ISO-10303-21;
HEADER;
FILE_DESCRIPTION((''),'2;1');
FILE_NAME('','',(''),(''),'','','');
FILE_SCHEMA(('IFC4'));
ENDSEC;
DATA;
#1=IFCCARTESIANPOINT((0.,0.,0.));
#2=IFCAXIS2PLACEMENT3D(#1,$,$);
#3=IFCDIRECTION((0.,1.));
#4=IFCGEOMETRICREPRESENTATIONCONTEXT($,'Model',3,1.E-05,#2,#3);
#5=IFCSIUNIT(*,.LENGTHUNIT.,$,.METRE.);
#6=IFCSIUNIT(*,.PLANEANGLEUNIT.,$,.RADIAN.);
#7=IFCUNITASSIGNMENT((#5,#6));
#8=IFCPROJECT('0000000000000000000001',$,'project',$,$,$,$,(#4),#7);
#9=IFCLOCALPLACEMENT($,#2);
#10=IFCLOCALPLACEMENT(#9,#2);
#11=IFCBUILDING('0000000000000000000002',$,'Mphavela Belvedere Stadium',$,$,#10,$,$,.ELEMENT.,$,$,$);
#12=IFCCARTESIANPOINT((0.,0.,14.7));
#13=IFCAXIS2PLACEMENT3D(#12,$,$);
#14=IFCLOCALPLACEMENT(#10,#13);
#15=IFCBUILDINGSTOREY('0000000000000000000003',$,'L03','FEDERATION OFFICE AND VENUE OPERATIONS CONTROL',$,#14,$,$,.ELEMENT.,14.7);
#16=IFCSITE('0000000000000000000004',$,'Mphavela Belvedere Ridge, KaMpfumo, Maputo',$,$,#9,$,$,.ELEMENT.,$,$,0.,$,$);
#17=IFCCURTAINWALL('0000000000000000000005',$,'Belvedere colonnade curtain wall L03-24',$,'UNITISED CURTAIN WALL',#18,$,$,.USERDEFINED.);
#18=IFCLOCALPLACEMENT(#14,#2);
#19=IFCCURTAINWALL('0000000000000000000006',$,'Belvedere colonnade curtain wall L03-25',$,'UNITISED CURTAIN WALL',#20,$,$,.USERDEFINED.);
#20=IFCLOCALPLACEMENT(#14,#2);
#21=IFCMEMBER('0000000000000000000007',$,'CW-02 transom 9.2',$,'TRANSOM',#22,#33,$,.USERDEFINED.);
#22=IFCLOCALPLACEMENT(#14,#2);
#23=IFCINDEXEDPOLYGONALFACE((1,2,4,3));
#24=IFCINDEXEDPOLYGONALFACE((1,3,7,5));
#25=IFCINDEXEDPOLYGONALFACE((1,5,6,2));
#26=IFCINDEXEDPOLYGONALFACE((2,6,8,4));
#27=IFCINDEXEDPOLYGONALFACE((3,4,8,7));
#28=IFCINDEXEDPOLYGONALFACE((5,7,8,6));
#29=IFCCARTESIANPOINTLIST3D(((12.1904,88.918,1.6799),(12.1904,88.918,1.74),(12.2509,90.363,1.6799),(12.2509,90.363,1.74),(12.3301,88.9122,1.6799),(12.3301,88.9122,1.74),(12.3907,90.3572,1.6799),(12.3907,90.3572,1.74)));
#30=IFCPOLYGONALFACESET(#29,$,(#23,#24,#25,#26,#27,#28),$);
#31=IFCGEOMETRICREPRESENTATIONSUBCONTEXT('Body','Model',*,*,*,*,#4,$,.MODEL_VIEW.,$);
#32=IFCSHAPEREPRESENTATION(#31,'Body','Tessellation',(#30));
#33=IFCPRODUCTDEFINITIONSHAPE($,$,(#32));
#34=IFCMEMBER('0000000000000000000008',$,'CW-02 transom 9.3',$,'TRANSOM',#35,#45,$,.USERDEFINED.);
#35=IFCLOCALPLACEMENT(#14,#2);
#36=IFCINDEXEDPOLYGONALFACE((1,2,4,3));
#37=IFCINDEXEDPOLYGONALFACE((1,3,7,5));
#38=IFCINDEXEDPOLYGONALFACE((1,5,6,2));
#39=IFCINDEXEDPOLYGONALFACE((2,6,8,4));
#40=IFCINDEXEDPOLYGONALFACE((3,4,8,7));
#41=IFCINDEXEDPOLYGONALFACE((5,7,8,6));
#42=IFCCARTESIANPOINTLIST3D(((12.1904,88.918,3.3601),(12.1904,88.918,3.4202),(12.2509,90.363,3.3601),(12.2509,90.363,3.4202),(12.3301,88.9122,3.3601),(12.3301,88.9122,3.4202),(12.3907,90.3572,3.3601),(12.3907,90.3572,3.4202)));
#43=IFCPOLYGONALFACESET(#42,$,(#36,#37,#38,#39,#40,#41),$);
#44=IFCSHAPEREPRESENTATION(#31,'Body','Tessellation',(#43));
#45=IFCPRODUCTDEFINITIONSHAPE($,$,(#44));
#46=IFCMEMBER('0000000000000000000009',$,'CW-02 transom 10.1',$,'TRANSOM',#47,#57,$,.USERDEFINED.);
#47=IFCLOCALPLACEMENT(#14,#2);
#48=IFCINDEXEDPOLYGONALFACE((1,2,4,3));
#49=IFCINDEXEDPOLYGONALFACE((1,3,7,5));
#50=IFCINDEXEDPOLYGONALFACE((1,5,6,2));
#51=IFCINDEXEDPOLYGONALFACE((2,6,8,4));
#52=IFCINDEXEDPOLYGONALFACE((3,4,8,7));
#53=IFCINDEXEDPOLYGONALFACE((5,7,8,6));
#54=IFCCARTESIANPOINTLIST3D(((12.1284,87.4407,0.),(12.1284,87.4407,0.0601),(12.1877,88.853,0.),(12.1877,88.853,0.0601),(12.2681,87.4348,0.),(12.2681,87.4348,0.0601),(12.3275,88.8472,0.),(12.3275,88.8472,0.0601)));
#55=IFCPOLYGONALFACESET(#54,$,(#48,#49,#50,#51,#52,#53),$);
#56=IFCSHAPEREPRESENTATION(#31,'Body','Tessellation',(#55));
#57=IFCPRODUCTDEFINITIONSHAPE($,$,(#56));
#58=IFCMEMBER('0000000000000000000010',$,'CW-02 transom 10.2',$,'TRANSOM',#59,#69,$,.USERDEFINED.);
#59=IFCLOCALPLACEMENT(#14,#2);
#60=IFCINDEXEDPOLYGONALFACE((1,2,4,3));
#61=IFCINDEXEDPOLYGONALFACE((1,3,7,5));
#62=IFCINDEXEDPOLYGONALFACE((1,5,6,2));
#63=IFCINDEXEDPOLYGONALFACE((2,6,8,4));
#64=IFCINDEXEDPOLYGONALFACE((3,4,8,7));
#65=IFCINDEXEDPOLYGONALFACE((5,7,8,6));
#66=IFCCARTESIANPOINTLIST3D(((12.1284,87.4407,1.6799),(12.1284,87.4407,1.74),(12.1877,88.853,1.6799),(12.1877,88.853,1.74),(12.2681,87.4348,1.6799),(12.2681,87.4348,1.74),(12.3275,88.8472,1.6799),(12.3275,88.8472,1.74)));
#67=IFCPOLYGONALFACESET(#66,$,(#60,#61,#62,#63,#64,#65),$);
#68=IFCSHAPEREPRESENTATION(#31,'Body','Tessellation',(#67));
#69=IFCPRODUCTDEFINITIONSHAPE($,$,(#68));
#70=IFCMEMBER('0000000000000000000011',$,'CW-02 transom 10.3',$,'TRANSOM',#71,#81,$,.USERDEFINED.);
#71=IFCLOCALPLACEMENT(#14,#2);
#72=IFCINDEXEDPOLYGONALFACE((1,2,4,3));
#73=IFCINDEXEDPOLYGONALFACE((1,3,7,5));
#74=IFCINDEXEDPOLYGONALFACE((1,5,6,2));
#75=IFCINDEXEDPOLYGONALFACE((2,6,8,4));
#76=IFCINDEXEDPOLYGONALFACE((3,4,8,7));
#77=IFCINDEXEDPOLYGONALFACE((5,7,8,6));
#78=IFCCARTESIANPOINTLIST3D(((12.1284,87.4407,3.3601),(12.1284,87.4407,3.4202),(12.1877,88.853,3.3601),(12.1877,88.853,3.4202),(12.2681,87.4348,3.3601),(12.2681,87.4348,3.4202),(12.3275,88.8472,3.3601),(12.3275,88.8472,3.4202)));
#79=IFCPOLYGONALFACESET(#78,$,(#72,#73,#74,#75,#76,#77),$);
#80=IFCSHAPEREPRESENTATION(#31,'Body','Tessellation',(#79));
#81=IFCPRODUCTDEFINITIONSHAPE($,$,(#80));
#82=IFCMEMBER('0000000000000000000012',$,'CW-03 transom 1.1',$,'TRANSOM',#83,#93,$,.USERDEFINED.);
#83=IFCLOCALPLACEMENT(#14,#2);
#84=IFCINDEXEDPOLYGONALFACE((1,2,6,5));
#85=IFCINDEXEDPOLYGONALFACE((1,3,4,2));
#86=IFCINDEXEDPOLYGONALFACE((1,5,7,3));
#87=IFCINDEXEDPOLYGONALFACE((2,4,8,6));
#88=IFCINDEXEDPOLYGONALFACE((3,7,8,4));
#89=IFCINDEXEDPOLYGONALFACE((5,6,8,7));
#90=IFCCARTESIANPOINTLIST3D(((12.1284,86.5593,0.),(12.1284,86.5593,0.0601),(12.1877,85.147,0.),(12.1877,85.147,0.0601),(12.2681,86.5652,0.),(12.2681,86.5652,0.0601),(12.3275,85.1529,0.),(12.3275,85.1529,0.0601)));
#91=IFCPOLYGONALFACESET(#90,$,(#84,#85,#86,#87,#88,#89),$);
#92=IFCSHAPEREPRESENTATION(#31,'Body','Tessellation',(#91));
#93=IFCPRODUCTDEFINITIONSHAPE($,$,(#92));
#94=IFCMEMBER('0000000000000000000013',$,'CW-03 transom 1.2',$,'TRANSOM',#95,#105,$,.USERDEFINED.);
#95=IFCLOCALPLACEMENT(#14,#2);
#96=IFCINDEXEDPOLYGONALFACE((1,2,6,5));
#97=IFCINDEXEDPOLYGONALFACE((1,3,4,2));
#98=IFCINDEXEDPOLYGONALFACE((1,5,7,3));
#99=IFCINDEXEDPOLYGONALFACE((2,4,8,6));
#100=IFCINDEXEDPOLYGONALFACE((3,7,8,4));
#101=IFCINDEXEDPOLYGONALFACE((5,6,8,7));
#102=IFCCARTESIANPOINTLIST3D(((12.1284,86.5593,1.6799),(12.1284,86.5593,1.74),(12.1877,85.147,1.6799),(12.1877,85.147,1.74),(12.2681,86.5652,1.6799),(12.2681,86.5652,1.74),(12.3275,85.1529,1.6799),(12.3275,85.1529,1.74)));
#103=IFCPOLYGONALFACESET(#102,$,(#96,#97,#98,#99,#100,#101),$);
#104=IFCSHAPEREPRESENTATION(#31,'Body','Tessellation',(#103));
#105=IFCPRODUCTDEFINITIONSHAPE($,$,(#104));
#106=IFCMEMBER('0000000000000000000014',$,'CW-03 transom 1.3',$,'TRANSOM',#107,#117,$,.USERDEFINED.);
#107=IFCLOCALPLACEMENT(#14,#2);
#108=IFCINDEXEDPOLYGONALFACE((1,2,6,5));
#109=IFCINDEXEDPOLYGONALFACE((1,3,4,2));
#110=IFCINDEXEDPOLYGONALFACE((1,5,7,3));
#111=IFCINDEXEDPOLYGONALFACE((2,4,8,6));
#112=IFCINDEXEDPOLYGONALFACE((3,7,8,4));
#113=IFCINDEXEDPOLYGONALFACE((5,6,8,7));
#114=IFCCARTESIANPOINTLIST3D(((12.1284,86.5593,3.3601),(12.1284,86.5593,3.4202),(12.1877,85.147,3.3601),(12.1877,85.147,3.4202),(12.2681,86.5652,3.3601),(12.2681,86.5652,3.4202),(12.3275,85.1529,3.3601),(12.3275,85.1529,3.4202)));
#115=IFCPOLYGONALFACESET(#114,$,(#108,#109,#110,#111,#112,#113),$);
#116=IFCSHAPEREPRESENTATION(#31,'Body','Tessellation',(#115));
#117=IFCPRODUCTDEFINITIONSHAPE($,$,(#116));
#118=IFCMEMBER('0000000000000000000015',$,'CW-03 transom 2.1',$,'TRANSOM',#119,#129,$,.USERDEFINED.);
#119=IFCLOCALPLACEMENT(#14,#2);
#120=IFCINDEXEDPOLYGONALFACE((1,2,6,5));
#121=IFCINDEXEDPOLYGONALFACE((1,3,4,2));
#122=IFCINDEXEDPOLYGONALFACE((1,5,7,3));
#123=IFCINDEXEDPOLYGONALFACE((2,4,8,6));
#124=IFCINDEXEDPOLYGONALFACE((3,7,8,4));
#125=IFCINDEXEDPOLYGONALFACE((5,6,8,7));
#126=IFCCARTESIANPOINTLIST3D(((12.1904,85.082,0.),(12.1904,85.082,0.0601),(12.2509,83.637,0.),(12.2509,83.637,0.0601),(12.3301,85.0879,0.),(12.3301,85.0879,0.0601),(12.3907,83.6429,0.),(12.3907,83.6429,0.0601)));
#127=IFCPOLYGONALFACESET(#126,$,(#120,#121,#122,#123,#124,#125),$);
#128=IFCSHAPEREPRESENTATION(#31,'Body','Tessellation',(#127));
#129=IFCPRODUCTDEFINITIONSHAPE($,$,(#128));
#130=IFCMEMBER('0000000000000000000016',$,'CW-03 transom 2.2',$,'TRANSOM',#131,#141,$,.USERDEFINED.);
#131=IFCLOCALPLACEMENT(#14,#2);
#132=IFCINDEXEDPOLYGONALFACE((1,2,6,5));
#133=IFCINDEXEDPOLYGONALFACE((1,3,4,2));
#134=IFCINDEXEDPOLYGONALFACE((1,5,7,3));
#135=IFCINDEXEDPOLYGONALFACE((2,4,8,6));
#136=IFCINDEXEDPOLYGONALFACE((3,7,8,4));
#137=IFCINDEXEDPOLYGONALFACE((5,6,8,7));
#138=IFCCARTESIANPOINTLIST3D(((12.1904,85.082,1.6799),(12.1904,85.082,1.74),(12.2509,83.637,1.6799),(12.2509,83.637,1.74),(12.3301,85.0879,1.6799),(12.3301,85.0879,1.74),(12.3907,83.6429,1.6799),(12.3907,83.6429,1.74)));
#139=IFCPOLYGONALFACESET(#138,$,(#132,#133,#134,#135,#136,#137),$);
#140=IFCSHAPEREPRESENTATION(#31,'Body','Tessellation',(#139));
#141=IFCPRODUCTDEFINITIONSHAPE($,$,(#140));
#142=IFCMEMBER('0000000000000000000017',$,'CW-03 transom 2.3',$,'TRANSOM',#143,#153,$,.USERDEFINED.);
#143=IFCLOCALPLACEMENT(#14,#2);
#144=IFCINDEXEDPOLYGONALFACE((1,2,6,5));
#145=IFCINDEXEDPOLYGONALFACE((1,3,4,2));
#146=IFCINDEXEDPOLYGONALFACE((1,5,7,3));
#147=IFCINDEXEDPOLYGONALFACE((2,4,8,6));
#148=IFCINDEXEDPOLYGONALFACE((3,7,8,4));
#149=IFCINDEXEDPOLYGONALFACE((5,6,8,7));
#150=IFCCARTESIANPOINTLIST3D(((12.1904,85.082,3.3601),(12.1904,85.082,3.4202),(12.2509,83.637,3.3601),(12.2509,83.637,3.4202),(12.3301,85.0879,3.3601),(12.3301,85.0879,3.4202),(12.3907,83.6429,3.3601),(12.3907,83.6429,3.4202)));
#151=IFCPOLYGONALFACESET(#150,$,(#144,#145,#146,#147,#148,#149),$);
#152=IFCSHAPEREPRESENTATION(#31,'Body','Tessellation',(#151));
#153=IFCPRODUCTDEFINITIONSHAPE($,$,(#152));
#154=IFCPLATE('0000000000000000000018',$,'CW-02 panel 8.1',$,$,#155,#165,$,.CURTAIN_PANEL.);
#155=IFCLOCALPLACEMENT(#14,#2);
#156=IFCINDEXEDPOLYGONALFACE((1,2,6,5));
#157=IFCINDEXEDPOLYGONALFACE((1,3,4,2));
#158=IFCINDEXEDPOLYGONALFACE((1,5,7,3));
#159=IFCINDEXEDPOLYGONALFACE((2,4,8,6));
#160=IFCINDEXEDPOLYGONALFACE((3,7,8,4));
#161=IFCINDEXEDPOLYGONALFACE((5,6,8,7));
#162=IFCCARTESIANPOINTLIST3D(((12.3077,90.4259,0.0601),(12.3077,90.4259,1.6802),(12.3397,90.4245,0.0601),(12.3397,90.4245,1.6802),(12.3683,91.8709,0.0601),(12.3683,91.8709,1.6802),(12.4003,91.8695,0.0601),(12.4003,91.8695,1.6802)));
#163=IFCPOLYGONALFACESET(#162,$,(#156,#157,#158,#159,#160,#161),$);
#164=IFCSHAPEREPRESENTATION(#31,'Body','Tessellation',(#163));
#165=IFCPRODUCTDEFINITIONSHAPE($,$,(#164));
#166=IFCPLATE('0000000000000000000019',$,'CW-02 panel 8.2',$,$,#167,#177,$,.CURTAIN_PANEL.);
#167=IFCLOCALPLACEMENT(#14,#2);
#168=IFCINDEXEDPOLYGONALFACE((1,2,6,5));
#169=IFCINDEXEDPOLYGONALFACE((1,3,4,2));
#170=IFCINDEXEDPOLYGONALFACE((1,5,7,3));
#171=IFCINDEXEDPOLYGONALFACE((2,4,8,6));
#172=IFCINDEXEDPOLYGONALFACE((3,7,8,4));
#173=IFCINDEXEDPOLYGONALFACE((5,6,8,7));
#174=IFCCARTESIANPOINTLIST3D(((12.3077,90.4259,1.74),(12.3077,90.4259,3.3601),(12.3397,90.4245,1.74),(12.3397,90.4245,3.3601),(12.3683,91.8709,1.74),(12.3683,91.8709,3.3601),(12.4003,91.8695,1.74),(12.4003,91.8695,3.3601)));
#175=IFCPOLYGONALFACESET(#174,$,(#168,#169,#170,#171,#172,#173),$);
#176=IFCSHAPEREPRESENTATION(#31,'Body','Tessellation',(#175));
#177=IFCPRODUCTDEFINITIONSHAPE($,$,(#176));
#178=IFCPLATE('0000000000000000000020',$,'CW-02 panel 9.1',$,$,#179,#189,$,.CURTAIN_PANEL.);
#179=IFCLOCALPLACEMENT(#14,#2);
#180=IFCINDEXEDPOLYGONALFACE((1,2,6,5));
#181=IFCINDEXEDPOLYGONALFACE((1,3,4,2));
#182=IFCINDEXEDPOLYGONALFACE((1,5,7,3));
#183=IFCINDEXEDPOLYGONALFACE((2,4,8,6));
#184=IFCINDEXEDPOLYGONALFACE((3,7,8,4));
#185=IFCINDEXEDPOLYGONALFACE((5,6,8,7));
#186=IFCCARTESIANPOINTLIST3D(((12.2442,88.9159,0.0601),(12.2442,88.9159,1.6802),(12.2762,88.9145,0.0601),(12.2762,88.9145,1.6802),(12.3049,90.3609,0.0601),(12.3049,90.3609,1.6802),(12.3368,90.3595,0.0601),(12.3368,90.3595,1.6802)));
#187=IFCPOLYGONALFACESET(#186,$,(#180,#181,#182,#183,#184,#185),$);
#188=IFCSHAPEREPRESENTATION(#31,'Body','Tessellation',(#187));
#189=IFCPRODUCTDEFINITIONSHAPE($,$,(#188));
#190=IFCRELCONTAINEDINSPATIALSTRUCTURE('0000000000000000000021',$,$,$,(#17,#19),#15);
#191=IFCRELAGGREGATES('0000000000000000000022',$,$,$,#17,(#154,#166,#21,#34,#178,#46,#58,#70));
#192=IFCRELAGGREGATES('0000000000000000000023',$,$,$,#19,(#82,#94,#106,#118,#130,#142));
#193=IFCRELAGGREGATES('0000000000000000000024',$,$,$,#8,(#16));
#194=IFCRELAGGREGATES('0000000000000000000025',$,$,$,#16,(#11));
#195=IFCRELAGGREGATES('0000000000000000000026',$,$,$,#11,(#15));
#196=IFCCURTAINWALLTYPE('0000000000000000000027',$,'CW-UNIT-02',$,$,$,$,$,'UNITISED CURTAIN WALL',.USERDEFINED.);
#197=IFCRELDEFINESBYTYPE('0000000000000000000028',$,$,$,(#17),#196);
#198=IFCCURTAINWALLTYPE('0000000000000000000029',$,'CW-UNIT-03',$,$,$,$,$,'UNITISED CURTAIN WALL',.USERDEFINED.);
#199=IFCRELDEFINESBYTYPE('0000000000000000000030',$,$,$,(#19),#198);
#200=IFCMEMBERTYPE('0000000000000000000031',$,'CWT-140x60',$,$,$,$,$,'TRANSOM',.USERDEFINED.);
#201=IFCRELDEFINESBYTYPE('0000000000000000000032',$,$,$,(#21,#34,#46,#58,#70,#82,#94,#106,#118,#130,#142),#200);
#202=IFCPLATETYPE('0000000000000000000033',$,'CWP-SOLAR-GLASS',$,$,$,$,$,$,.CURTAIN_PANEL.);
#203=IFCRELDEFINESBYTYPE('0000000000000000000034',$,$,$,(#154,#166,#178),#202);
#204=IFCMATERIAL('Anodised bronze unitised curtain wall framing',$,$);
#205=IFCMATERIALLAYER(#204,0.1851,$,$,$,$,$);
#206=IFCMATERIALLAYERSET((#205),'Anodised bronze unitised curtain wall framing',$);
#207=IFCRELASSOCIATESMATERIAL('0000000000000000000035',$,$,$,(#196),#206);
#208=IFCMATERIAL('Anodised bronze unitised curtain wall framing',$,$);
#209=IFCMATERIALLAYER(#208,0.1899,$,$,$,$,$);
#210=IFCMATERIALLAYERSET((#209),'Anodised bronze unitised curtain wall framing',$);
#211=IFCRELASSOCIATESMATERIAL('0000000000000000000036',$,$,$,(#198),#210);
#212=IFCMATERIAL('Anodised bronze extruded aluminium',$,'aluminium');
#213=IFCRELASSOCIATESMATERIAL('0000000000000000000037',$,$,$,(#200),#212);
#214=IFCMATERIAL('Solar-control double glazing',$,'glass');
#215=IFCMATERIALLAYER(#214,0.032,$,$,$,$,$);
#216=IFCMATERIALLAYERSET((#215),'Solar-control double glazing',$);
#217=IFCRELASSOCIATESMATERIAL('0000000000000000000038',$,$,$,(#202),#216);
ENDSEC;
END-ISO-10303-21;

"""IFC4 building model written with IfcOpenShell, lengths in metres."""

from ifc_helpers import new_model, si_unit, direction, frame, origin, origin_2d, place, context, subcontext, project, spatial, rectangle, extrude, material, layer, layer_set, material_profile, profile_set, type_object, element, aggregate, save


model = new_model("IFC4")

# Units and contexts
model_context = context("Model", 3, precision=1e-05, world=origin(), true_north=direction((0.0, 1.0)))
body_context = subcontext(model_context, "Body", "Model", "MODEL_VIEW")
ifc_project = project(units=[si_unit("LENGTHUNIT", "METRE"), si_unit("PLANEANGLEUNIT", "RADIAN")], contexts=[model_context])

# Site, building, storey
site_placement = place(None, origin())
site = spatial("IfcSite", under=ifc_project, at=site_placement, Name="Mphavela Belvedere Ridge, KaMpfumo, Maputo", CompositionType="ELEMENT", RefElevation=0.0)
building_placement = place(site_placement, origin())
building = spatial("IfcBuilding", under=site, at=building_placement, Name="Mphavela Belvedere Stadium", CompositionType="ELEMENT")
storey_placement = place(building_placement, frame((0.0, 0.0, 14.7)))
storey = spatial("IfcBuildingStorey", under=building, at=storey_placement, Name="L03", Description="FEDERATION OFFICE AND VENUE OPERATIONS CONTROL", CompositionType="ELEMENT", Elevation=14.7)

# Curtain walls
ifc_material_1 = material(Name="Anodised bronze unitised curtain wall framing")
ifc_layer_1 = layer(ifc_material_1, 0.1851)
ifc_layer_set_1 = layer_set([ifc_layer_1], Name="Anodised bronze unitised curtain wall framing")
curtain_wall_type_1 = type_object("IfcCurtainWallType", Name="CW-UNIT-02", ElementType="UNITISED CURTAIN WALL", PredefinedType="USERDEFINED", material=ifc_layer_set_1)
curtain_wall_1_placement = place(storey_placement, origin())
curtain_wall_1 = element("IfcCurtainWall", 1, at=curtain_wall_1_placement, inside=storey, type_object=curtain_wall_type_1, Name="Belvedere colonnade curtain wall L03-24", ObjectType="UNITISED CURTAIN WALL", PredefinedType="USERDEFINED")
ifc_material_2 = material(Name="Anodised bronze unitised curtain wall framing")
ifc_layer_2 = layer(ifc_material_2, 0.1899)
ifc_layer_set_2 = layer_set([ifc_layer_2], Name="Anodised bronze unitised curtain wall framing")
curtain_wall_type_2 = type_object("IfcCurtainWallType", Name="CW-UNIT-03", ElementType="UNITISED CURTAIN WALL", PredefinedType="USERDEFINED", material=ifc_layer_set_2)
curtain_wall_2_placement = place(storey_placement, origin())
curtain_wall_2 = element("IfcCurtainWall", 2, at=curtain_wall_2_placement, inside=storey, type_object=curtain_wall_type_2, Name="Belvedere colonnade curtain wall L03-25", ObjectType="UNITISED CURTAIN WALL", PredefinedType="USERDEFINED")

# Members
ifc_material_3 = material(Name="Anodised bronze extruded aluminium", Category="aluminium")
ifc_material_profile_1 = material_profile(ifc_material_3, rectangle(XDim=0.1399, YDim=0.0601, at=origin_2d()), Name="CW-TRN 140x60")
ifc_profile_set_1 = profile_set([ifc_material_profile_1], Name="Anodised bronze extruded aluminium")
member_type_1 = type_object("IfcMemberType", Name="CWT-140x60", ElementType="TRANSOM", PredefinedType="USERDEFINED", material=ifc_profile_set_1)
member_1_placement = place(storey_placement, frame((12.3208, 90.3601, 1.71), z_axis=(-0.041862, -0.999123, 0.0), x_axis=(0.999123, -0.041862, 0.0)))
member_1 = element("IfcMember", 3, at=member_1_placement, type_object=member_type_1, Name="CW-02 transom 9.2", ObjectType="TRANSOM", PredefinedType="USERDEFINED", context=body_context, shape_type="SweptSolid", body=[
    extrude(rectangle(XDim=0.1399, YDim=0.0601, at=origin_2d()), origin(), (0.0, 0.0, 1.0), 1.4463),
])
member_2_placement = place(storey_placement, frame((12.3208, 90.3601, 3.3901), z_axis=(-0.041862, -0.999123, 0.0), x_axis=(0.999123, -0.041862, 0.0)))
member_2 = element("IfcMember", 4, at=member_2_placement, type_object=member_type_1, Name="CW-02 transom 9.3", ObjectType="TRANSOM", PredefinedType="USERDEFINED", context=body_context, shape_type="SweptSolid", body=[
    extrude(rectangle(XDim=0.1399, YDim=0.0601, at=origin_2d()), origin(), (0.0, 0.0, 1.0), 1.4463),
])
member_3_placement = place(storey_placement, frame((12.2576, 88.8501, 0.03), z_axis=(-0.041968, -0.999119, 0.0), x_axis=(0.999119, -0.041968, 0.0)))
member_3 = element("IfcMember", 5, at=member_3_placement, type_object=member_type_1, Name="CW-02 transom 10.1", ObjectType="TRANSOM", PredefinedType="USERDEFINED", context=body_context, shape_type="SweptSolid", body=[
    extrude(rectangle(XDim=0.1399, YDim=0.0601, at=origin_2d()), origin(), (0.0, 0.0, 1.0), 1.4136),
])
member_4_placement = place(storey_placement, frame((12.2576, 88.8501, 1.71), z_axis=(-0.041968, -0.999119, 0.0), x_axis=(0.999119, -0.041968, 0.0)))
member_4 = element("IfcMember", 6, at=member_4_placement, type_object=member_type_1, Name="CW-02 transom 10.2", ObjectType="TRANSOM", PredefinedType="USERDEFINED", context=body_context, shape_type="SweptSolid", body=[
    extrude(rectangle(XDim=0.1399, YDim=0.0601, at=origin_2d()), origin(), (0.0, 0.0, 1.0), 1.4136),
])
member_5_placement = place(storey_placement, frame((12.2576, 88.8501, 3.3901), z_axis=(-0.041968, -0.999119, 0.0), x_axis=(0.999119, -0.041968, 0.0)))
member_5 = element("IfcMember", 7, at=member_5_placement, type_object=member_type_1, Name="CW-02 transom 10.3", ObjectType="TRANSOM", PredefinedType="USERDEFINED", context=body_context, shape_type="SweptSolid", body=[
    extrude(rectangle(XDim=0.1399, YDim=0.0601, at=origin_2d()), origin(), (0.0, 0.0, 1.0), 1.4136),
])
member_6_placement = place(storey_placement, frame((12.1982, 86.5623, 0.03), z_axis=(0.041968, -0.999119, 0.0), x_axis=(0.999119, 0.041968, 0.0)))
member_6 = element("IfcMember", 8, at=member_6_placement, type_object=member_type_1, Name="CW-03 transom 1.1", ObjectType="TRANSOM", PredefinedType="USERDEFINED", context=body_context, shape_type="SweptSolid", body=[
    extrude(rectangle(XDim=0.1399, YDim=0.0601, at=origin_2d()), origin(), (0.0, 0.0, 1.0), 1.4136),
])
member_7_placement = place(storey_placement, frame((12.1982, 86.5623, 1.71), z_axis=(0.041968, -0.999119, 0.0), x_axis=(0.999119, 0.041968, 0.0)))
member_7 = element("IfcMember", 9, at=member_7_placement, type_object=member_type_1, Name="CW-03 transom 1.2", ObjectType="TRANSOM", PredefinedType="USERDEFINED", context=body_context, shape_type="SweptSolid", body=[
    extrude(rectangle(XDim=0.1399, YDim=0.0601, at=origin_2d()), origin(), (0.0, 0.0, 1.0), 1.4136),
])
member_8_placement = place(storey_placement, frame((12.1982, 86.5623, 3.3901), z_axis=(0.041968, -0.999119, 0.0), x_axis=(0.999119, 0.041968, 0.0)))
member_8 = element("IfcMember", 10, at=member_8_placement, type_object=member_type_1, Name="CW-03 transom 1.3", ObjectType="TRANSOM", PredefinedType="USERDEFINED", context=body_context, shape_type="SweptSolid", body=[
    extrude(rectangle(XDim=0.1399, YDim=0.0601, at=origin_2d()), origin(), (0.0, 0.0, 1.0), 1.4136),
])
member_9_placement = place(storey_placement, frame((12.2603, 85.085, 0.03), z_axis=(0.041862, -0.999123, 0.0), x_axis=(0.999123, 0.041862, 0.0)))
member_9 = element("IfcMember", 11, at=member_9_placement, type_object=member_type_1, Name="CW-03 transom 2.1", ObjectType="TRANSOM", PredefinedType="USERDEFINED", context=body_context, shape_type="SweptSolid", body=[
    extrude(rectangle(XDim=0.1399, YDim=0.0601, at=origin_2d()), origin(), (0.0, 0.0, 1.0), 1.4463),
])
member_10_placement = place(storey_placement, frame((12.2603, 85.085, 1.71), z_axis=(0.041862, -0.999123, 0.0), x_axis=(0.999123, 0.041862, 0.0)))
member_10 = element("IfcMember", 12, at=member_10_placement, type_object=member_type_1, Name="CW-03 transom 2.2", ObjectType="TRANSOM", PredefinedType="USERDEFINED", context=body_context, shape_type="SweptSolid", body=[
    extrude(rectangle(XDim=0.1399, YDim=0.0601, at=origin_2d()), origin(), (0.0, 0.0, 1.0), 1.4463),
])
member_11_placement = place(storey_placement, frame((12.2603, 85.085, 3.3901), z_axis=(0.041862, -0.999123, 0.0), x_axis=(0.999123, 0.041862, 0.0)))
member_11 = element("IfcMember", 13, at=member_11_placement, type_object=member_type_1, Name="CW-03 transom 2.3", ObjectType="TRANSOM", PredefinedType="USERDEFINED", context=body_context, shape_type="SweptSolid", body=[
    extrude(rectangle(XDim=0.1399, YDim=0.0601, at=origin_2d()), origin(), (0.0, 0.0, 1.0), 1.4463),
])

# Plates
ifc_material_4 = material(Name="Solar-control double glazing", Category="glass")
ifc_layer_3 = layer(ifc_material_4, 0.032)
ifc_layer_set_3 = layer_set([ifc_layer_3], Name="Solar-control double glazing")
plate_type = type_object("IfcPlateType", Name="CWP-SOLAR-GLASS", PredefinedType="CURTAIN_PANEL", material=ifc_layer_set_3)
plate_1_placement = place(storey_placement, frame((12.354, 91.1477, 0.0601), z_axis=(0.0, 0.0, 1.0), x_axis=(-0.041911, -0.999121, 0.0)))
plate_1 = element("IfcPlate", 14, at=plate_1_placement, type_object=plate_type, Name="CW-02 panel 8.1", PredefinedType="CURTAIN_PANEL", context=body_context, shape_type="SweptSolid", body=[
    extrude(rectangle(XDim=1.4463, YDim=0.032, at=origin_2d()), origin(), (0.0, 0.0, 1.0), 1.6201),
])
plate_2_placement = place(storey_placement, frame((12.354, 91.1477, 1.74), z_axis=(0.0, 0.0, 1.0), x_axis=(-0.041911, -0.999121, 0.0)))
plate_2 = element("IfcPlate", 15, at=plate_2_placement, type_object=plate_type, Name="CW-02 panel 8.2", PredefinedType="CURTAIN_PANEL", context=body_context, shape_type="SweptSolid", body=[
    extrude(rectangle(XDim=1.4463, YDim=0.032, at=origin_2d()), origin(), (0.0, 0.0, 1.0), 1.6201),
])
plate_3_placement = place(storey_placement, frame((12.2905, 89.6377, 0.0601), z_axis=(0.0, 0.0, 1.0), x_axis=(-0.041911, -0.999121, 0.0)))
plate_3 = element("IfcPlate", 16, at=plate_3_placement, type_object=plate_type, Name="CW-02 panel 9.1", PredefinedType="CURTAIN_PANEL", context=body_context, shape_type="SweptSolid", body=[
    extrude(rectangle(XDim=1.4463, YDim=0.032, at=origin_2d()), origin(), (0.0, 0.0, 1.0), 1.6201),
])
aggregate(curtain_wall_1, [plate_1, plate_2, member_1, member_2, plate_3, member_3, member_4, member_5])
aggregate(curtain_wall_2, [member_6, member_7, member_8, member_9, member_10, member_11])

save(model, "model.ifc")
